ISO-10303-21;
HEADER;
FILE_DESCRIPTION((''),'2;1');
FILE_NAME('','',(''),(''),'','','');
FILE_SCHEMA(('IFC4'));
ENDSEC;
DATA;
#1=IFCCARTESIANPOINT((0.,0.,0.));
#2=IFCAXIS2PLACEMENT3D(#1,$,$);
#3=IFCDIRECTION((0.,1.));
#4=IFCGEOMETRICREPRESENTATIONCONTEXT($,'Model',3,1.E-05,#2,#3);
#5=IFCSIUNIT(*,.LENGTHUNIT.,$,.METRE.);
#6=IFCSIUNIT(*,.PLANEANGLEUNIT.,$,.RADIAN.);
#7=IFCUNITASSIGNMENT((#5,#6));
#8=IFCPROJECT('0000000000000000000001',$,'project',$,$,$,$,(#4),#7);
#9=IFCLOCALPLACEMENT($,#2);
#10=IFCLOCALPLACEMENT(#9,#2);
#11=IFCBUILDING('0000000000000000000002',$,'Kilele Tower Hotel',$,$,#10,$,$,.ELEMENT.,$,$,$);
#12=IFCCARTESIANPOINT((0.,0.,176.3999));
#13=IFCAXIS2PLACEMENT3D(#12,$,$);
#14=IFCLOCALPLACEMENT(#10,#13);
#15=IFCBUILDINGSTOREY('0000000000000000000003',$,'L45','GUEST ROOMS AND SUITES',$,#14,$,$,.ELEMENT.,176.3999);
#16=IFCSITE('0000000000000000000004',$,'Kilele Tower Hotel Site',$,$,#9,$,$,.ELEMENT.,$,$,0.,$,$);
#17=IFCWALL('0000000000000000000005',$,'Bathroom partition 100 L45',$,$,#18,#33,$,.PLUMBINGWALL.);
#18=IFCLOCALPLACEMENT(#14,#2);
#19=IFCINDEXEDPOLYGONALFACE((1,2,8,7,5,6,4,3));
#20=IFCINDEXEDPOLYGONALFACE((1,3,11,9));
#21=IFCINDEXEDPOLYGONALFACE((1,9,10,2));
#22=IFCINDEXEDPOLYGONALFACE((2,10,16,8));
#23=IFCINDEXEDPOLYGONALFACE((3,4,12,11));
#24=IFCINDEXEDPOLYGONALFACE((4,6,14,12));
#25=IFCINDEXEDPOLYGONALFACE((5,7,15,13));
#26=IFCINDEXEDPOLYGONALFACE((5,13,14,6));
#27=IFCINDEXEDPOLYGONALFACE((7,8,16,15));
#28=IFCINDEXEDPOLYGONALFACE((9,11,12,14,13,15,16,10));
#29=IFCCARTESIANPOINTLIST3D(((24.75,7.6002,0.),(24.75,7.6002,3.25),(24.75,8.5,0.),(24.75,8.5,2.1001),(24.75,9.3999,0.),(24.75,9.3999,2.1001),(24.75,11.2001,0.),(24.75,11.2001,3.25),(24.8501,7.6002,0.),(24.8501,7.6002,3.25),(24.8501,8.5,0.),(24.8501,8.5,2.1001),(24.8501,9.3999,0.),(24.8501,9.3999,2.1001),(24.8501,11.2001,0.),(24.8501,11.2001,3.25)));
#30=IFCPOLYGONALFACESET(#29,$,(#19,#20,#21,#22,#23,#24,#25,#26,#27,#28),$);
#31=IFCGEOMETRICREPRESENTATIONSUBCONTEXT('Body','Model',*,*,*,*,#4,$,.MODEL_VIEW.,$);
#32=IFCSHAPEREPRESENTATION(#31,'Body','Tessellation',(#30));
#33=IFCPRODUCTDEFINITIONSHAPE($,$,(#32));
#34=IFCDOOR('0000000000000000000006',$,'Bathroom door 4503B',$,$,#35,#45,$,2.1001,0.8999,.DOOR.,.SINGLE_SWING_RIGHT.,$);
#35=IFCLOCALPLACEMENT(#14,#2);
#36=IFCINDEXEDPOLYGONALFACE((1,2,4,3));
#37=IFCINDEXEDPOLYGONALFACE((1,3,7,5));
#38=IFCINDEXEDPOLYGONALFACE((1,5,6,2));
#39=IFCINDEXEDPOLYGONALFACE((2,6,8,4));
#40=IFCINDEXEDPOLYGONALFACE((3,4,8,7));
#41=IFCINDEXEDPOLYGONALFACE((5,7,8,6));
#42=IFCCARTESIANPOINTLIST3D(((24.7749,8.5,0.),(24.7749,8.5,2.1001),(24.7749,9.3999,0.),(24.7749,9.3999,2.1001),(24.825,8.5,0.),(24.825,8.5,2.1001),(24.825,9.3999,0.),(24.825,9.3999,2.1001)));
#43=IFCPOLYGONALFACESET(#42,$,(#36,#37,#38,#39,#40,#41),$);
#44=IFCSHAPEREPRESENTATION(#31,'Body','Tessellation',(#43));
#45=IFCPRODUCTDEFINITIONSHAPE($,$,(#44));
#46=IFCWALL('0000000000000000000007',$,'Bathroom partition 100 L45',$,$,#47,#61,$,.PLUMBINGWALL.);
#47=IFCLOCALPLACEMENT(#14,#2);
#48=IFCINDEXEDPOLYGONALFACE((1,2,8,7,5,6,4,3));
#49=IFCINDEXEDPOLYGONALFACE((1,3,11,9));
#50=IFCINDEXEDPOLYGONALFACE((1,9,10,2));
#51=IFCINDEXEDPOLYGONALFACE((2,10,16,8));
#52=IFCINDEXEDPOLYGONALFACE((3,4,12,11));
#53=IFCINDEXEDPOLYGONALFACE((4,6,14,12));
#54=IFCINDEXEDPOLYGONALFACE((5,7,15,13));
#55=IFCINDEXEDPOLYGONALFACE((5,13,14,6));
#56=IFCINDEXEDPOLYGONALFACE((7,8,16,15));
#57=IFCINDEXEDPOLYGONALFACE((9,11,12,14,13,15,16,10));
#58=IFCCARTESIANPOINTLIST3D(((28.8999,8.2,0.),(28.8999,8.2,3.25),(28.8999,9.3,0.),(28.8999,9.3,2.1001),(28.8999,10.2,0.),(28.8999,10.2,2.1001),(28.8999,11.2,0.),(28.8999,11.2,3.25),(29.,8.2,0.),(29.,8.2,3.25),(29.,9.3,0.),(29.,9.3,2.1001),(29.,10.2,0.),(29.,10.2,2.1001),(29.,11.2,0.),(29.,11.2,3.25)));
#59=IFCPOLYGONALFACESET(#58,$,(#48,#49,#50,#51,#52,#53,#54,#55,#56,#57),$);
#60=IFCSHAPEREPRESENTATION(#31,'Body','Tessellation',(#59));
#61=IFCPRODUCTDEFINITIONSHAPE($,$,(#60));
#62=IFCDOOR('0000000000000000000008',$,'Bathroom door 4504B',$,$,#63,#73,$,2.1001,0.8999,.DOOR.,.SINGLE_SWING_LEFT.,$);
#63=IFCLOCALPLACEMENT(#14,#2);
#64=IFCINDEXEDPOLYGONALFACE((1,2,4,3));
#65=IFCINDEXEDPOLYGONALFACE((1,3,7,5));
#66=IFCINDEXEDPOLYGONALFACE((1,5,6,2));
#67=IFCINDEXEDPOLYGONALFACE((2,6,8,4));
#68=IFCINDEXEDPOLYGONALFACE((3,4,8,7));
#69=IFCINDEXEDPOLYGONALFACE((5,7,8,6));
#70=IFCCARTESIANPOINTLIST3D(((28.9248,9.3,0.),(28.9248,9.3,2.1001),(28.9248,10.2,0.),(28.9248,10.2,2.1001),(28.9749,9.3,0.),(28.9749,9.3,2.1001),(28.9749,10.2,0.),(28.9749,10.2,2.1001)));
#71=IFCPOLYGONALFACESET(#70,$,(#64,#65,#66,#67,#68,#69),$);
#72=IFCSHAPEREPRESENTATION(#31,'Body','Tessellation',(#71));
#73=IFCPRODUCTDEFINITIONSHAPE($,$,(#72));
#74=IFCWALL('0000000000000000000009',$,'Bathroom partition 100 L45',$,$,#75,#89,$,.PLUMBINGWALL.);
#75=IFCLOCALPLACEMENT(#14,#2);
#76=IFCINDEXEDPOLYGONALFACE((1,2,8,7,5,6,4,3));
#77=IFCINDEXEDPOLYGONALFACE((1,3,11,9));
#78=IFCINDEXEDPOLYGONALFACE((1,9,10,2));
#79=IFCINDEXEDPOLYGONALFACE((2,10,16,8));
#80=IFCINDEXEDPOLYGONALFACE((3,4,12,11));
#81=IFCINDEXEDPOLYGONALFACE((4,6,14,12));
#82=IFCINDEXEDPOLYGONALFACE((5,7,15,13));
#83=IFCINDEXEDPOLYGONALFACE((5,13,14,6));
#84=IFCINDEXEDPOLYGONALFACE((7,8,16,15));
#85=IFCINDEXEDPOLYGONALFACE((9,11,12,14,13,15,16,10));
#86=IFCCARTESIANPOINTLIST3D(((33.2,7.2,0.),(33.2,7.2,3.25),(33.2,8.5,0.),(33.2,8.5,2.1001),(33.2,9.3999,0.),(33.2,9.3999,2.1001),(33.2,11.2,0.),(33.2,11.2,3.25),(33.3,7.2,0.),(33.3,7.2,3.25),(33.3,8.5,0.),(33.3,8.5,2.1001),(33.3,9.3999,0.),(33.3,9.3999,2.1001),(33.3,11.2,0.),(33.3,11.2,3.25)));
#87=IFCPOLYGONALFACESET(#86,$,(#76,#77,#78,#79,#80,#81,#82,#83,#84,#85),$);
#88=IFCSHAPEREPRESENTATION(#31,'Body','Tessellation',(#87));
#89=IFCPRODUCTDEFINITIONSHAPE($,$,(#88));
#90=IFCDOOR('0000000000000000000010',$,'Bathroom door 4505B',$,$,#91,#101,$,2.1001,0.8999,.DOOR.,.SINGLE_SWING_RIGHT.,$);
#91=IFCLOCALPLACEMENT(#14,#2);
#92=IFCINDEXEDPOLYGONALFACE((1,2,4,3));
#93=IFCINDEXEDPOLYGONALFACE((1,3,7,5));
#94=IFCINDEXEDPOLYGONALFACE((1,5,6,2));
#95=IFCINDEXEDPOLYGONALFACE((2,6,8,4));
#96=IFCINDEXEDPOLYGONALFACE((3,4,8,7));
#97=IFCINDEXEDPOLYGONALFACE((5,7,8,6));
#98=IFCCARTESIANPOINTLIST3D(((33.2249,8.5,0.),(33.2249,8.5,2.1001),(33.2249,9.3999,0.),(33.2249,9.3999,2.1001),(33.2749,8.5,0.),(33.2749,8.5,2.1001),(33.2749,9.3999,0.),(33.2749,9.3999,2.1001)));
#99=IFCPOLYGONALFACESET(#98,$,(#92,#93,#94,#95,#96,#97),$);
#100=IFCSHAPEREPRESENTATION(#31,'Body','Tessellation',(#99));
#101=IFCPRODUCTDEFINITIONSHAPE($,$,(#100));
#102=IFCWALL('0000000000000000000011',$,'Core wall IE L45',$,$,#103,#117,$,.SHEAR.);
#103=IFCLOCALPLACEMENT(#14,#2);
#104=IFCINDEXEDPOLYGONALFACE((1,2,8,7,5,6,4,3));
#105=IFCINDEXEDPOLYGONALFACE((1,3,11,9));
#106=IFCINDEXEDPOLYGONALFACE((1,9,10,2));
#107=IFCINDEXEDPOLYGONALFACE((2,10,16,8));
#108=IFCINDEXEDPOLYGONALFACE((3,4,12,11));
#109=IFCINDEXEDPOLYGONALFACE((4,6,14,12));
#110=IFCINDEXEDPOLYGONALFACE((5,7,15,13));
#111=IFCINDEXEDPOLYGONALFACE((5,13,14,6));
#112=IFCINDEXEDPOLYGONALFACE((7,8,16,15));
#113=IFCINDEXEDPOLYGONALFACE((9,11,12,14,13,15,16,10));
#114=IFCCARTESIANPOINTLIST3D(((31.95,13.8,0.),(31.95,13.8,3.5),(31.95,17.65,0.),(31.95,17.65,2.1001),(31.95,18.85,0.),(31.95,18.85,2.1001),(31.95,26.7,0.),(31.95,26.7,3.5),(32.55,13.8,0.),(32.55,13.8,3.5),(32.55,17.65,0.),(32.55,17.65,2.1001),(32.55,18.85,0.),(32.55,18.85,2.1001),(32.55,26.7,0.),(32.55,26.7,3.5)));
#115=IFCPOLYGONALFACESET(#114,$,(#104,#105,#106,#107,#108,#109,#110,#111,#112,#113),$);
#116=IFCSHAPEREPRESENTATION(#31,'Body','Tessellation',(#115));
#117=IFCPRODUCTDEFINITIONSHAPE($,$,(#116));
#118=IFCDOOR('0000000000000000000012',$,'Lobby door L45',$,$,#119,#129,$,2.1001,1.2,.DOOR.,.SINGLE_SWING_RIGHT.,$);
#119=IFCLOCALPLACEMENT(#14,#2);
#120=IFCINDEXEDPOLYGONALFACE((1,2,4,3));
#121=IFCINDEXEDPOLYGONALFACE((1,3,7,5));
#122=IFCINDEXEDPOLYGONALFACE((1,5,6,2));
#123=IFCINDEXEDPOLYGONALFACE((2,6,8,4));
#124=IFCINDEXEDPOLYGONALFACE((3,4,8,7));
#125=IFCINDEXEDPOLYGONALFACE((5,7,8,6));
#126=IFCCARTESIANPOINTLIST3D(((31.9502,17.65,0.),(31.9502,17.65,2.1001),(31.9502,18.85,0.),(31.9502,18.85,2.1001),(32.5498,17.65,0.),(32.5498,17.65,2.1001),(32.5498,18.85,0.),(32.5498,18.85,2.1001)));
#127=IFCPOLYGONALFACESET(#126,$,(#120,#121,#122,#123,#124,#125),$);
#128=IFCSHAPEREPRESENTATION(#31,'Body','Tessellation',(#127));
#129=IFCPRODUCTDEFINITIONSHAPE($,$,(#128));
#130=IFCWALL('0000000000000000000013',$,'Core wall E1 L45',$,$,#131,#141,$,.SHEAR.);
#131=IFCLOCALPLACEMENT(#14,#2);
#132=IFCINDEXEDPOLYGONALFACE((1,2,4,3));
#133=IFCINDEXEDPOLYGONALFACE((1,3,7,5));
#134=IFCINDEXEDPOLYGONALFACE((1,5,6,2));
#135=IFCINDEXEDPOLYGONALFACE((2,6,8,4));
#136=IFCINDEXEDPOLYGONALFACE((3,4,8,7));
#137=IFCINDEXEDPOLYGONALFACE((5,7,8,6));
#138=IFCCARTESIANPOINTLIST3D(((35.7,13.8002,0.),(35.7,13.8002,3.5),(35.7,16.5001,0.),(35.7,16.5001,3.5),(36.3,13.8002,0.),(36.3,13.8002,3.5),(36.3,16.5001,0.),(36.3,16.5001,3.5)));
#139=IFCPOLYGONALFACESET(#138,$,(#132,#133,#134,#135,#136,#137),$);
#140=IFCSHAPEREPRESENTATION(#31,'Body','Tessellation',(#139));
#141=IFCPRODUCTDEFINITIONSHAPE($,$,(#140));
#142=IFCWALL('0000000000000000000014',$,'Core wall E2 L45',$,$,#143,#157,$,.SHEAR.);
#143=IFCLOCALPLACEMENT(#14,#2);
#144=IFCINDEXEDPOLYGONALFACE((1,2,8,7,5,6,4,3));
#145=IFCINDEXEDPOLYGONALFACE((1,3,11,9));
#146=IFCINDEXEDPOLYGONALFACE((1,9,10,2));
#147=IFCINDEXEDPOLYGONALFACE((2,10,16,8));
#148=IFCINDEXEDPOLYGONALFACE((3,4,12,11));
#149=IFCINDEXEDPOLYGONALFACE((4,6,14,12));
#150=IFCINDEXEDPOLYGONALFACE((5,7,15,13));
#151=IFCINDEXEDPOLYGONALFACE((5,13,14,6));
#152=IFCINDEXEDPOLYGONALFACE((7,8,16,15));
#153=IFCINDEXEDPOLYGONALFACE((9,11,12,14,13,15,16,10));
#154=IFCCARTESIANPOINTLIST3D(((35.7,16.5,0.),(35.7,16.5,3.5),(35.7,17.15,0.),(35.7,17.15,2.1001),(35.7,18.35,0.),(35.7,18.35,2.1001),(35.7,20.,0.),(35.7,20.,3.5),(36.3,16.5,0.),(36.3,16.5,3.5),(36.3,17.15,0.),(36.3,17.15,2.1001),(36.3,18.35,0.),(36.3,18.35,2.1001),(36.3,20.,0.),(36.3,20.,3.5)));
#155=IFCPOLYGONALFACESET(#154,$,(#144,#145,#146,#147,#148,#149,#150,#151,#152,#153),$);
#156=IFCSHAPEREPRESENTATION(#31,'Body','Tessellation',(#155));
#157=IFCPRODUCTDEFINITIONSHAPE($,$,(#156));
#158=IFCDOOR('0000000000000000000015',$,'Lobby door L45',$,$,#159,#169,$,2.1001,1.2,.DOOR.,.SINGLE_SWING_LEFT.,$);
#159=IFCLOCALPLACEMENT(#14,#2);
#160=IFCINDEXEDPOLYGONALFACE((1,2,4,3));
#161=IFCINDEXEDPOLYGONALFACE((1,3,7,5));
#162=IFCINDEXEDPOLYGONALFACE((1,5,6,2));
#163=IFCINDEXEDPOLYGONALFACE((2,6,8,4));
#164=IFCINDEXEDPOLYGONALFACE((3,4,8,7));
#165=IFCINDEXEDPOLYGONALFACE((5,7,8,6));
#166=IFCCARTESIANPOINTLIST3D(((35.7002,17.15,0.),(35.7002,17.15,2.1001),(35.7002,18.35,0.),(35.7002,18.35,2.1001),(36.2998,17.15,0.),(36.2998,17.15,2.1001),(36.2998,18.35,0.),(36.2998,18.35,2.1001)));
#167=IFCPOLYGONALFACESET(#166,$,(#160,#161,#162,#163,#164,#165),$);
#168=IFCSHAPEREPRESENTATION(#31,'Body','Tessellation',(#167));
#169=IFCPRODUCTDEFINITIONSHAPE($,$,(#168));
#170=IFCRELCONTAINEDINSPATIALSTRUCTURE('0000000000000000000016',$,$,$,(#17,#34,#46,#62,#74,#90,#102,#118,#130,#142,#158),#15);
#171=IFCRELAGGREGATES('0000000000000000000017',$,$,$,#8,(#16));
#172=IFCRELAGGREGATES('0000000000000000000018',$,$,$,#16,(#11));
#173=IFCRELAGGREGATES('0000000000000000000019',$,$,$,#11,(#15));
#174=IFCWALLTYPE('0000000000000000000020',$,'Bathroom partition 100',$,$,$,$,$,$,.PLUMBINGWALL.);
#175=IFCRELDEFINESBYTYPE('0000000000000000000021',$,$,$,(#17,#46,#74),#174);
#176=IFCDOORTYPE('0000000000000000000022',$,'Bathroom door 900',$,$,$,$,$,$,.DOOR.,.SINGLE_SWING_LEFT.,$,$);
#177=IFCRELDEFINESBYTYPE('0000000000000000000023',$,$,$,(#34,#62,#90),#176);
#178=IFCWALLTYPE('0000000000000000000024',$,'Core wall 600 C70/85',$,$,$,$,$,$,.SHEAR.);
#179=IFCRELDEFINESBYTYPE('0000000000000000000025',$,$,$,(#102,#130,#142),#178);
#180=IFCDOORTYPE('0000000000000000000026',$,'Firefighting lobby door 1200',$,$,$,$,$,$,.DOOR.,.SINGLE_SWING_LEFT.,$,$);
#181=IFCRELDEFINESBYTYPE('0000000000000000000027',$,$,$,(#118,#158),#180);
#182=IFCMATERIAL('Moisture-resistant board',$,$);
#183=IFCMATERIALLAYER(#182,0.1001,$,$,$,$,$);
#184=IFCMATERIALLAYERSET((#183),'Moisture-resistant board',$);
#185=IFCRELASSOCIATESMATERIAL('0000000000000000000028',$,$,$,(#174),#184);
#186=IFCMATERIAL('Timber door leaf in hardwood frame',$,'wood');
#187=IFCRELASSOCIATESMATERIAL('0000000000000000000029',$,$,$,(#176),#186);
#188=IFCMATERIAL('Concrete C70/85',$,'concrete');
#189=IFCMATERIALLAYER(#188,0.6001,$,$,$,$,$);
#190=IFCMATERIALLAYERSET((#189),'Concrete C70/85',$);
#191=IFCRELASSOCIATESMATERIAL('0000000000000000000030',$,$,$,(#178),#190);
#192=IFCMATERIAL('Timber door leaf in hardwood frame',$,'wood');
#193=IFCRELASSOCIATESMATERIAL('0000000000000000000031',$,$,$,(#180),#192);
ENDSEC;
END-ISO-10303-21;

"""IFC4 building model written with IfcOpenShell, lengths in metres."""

from ifc_helpers import new_model, si_unit, direction, frame, frame_2d, origin, place, context, subcontext, project, spatial, rectangle, extrude, material, layer, layer_set, type_object, element, fill, save


model = new_model("IFC4")

# Units and contexts
model_context = context("Model", 3, precision=1e-05, world=origin(), true_north=direction((0.0, 1.0)))
body_context = subcontext(model_context, "Body", "Model", "MODEL_VIEW")
ifc_project = project(units=[si_unit("LENGTHUNIT", "METRE"), si_unit("PLANEANGLEUNIT", "RADIAN")], contexts=[model_context])

# Site, building, storey
site_placement = place(None, origin())
site = spatial("IfcSite", under=ifc_project, at=site_placement, Name="Kilele Tower Hotel Site", CompositionType="ELEMENT", RefElevation=0.0)
building_placement = place(site_placement, origin())
building = spatial("IfcBuilding", under=site, at=building_placement, Name="Kilele Tower Hotel", CompositionType="ELEMENT")
storey_placement = place(building_placement, frame((0.0, 0.0, 176.3999)))
storey = spatial("IfcBuildingStorey", under=building, at=storey_placement, Name="L45", Description="GUEST ROOMS AND SUITES", CompositionType="ELEMENT", Elevation=176.3999)

# Walls, openings, doors
ifc_material_1 = material(Name="Moisture-resistant board")
ifc_layer_1 = layer(ifc_material_1, 0.1001)
ifc_layer_set_1 = layer_set([ifc_layer_1], Name="Moisture-resistant board")
wall_type_1 = type_object("IfcWallType", Name="Bathroom partition 100", PredefinedType="PLUMBINGWALL", material=ifc_layer_set_1)
wall_1_placement = place(storey_placement, frame((24.8, 11.2, 0.0), z_axis=(0.0, 0.0, 1.0), x_axis=(0.0, -1.0, 0.0)))
wall_1 = element("IfcWall", 1, at=wall_1_placement, inside=storey, type_object=wall_type_1, Name="Bathroom partition 100 L45", PredefinedType="PLUMBINGWALL", context=body_context, shape_type="SweptSolid", body=[
    extrude(rectangle(XDim=3.5999, YDim=0.1001, at=frame_2d((1.7998, 0.0))), origin(), (0.0, 0.0, 1.0), 3.25),
])
opening_1_placement = place(wall_1_placement, frame((1.8, 0.0, 0.0)))
opening_1 = element("IfcOpeningElement", 2, at=opening_1_placement, cuts=wall_1, PredefinedType="OPENING", context=body_context, shape_type="SweptSolid", body=[
    extrude(rectangle(XDim=0.8999, YDim=2.1001, at=frame_2d((0.45, 1.05))), frame((0.0, 0.0601, 0.0), z_axis=(0.0, -1.0, 0.0), x_axis=(1.0, 0.0, 0.0)), (0.0, 0.0, 1.0), 0.1201),
])
ifc_material_2 = material(Name="Timber door leaf in hardwood frame", Category="wood")
door_type_1 = type_object("IfcDoorType", Name="Bathroom door 900", OperationType="SINGLE_SWING_LEFT", PredefinedType="DOOR", material=ifc_material_2)
door_1_placement = place(opening_1_placement, origin())
door_1 = element("IfcDoor", 3, at=door_1_placement, inside=storey, type_object=door_type_1, Name="Bathroom door 4503B", OperationType="SINGLE_SWING_RIGHT", OverallHeight=2.1001, OverallWidth=0.8999, PredefinedType="DOOR", context=body_context, shape_type="SweptSolid", body=[
    extrude(rectangle(XDim=0.8999, YDim=2.1001, at=frame_2d((0.45, 1.05))), frame((0.0, 0.0249, 0.0), z_axis=(0.0, -1.0, 0.0), x_axis=(1.0, 0.0, 0.0)), (0.0, 0.0, 1.0), 0.05),
])
fill(opening_1, door_1)
wall_2_placement = place(storey_placement, frame((28.95, 11.2, 0.0), z_axis=(0.0, 0.0, 1.0), x_axis=(0.0, -1.0, 0.0)))
wall_2 = element("IfcWall", 4, at=wall_2_placement, inside=storey, type_object=wall_type_1, Name="Bathroom partition 100 L45", PredefinedType="PLUMBINGWALL", context=body_context, shape_type="SweptSolid", body=[
    extrude(rectangle(XDim=3.0, YDim=0.1001, at=frame_2d((1.5, 0.0))), origin(), (0.0, 0.0, 1.0), 3.25),
])
opening_2_placement = place(wall_2_placement, frame((1.0, 0.0, 0.0)))
opening_2 = element("IfcOpeningElement", 5, at=opening_2_placement, cuts=wall_2, PredefinedType="OPENING", context=body_context, shape_type="SweptSolid", body=[
    extrude(rectangle(XDim=0.8999, YDim=2.1001, at=frame_2d((0.45, 1.05))), frame((0.0, 0.0601, 0.0), z_axis=(0.0, -1.0, 0.0), x_axis=(1.0, 0.0, 0.0)), (0.0, 0.0, 1.0), 0.1201),
])
door_2_placement = place(opening_2_placement, origin())
door_2 = element("IfcDoor", 6, at=door_2_placement, inside=storey, type_object=door_type_1, Name="Bathroom door 4504B", OperationType="SINGLE_SWING_LEFT", OverallHeight=2.1001, OverallWidth=0.8999, PredefinedType="DOOR", context=body_context, shape_type="SweptSolid", body=[
    extrude(rectangle(XDim=0.8999, YDim=2.1001, at=frame_2d((0.45, 1.05))), frame((0.0, 0.0249, 0.0), z_axis=(0.0, -1.0, 0.0), x_axis=(1.0, 0.0, 0.0)), (0.0, 0.0, 1.0), 0.05),
])
fill(opening_2, door_2)
wall_3_placement = place(storey_placement, frame((33.25, 11.2, 0.0), z_axis=(0.0, 0.0, 1.0), x_axis=(0.0, -1.0, 0.0)))
wall_3 = element("IfcWall", 7, at=wall_3_placement, inside=storey, type_object=wall_type_1, Name="Bathroom partition 100 L45", PredefinedType="PLUMBINGWALL", context=body_context, shape_type="SweptSolid", body=[
    extrude(rectangle(XDim=4.0, YDim=0.1001, at=frame_2d((2.0, 0.0))), origin(), (0.0, 0.0, 1.0), 3.25),
])
opening_3_placement = place(wall_3_placement, frame((1.8, 0.0, 0.0)))
opening_3 = element("IfcOpeningElement", 8, at=opening_3_placement, cuts=wall_3, PredefinedType="OPENING", context=body_context, shape_type="SweptSolid", body=[
    extrude(rectangle(XDim=0.8999, YDim=2.1001, at=frame_2d((0.45, 1.05))), frame((0.0, 0.0601, 0.0), z_axis=(0.0, -1.0, 0.0), x_axis=(1.0, 0.0, 0.0)), (0.0, 0.0, 1.0), 0.1201),
])
door_3_placement = place(opening_3_placement, origin())
door_3 = element("IfcDoor", 9, at=door_3_placement, inside=storey, type_object=door_type_1, Name="Bathroom door 4505B", OperationType="SINGLE_SWING_RIGHT", OverallHeight=2.1001, OverallWidth=0.8999, PredefinedType="DOOR", context=body_context, shape_type="SweptSolid", body=[
    extrude(rectangle(XDim=0.8999, YDim=2.1001, at=frame_2d((0.45, 1.05))), frame((0.0, 0.0249, 0.0), z_axis=(0.0, -1.0, 0.0), x_axis=(1.0, 0.0, 0.0)), (0.0, 0.0, 1.0), 0.05),
])
fill(opening_3, door_3)
ifc_material_3 = material(Name="Concrete C70/85", Category="concrete")
ifc_layer_2 = layer(ifc_material_3, 0.6001)
ifc_layer_set_2 = layer_set([ifc_layer_2], Name="Concrete C70/85")
wall_type_2 = type_object("IfcWallType", Name="Core wall 600 C70/85", PredefinedType="SHEAR", material=ifc_layer_set_2)
wall_4_placement = place(storey_placement, frame((32.25, 13.8, 0.0), z_axis=(0.0, 0.0, 1.0), x_axis=(0.0, 1.0, 0.0)))
wall_4 = element("IfcWall", 10, at=wall_4_placement, inside=storey, type_object=wall_type_2, Name="Core wall IE L45", PredefinedType="SHEAR", context=body_context, shape_type="SweptSolid", body=[
    extrude(rectangle(XDim=12.8999, YDim=0.6001, at=frame_2d((6.45, 0.0))), origin(), (0.0, 0.0, 1.0), 3.5),
])
opening_4_placement = place(wall_4_placement, frame((5.05, 0.0, 0.0), z_axis=(0.0, 0.0, 1.0), x_axis=(-1.0, 0.0, 0.0)))
opening_4 = element("IfcOpeningElement", 11, at=opening_4_placement, cuts=wall_4, PredefinedType="OPENING", context=body_context, shape_type="SweptSolid", body=[
    extrude(rectangle(XDim=1.2, YDim=2.1001, at=frame_2d((0.6001, 1.05))), frame((0.0, 0.3101, 0.0), z_axis=(0.0, -1.0, 0.0), x_axis=(1.0, 0.0, 0.0)), (0.0, 0.0, 1.0), 0.6201),
])
ifc_material_4 = material(Name="Timber door leaf in hardwood frame", Category="wood")
door_type_2 = type_object("IfcDoorType", Name="Firefighting lobby door 1200", OperationType="SINGLE_SWING_LEFT", PredefinedType="DOOR", material=ifc_material_4)
door_4_placement = place(opening_4_placement, origin())
door_4 = element("IfcDoor", 12, at=door_4_placement, inside=storey, type_object=door_type_2, Name="Lobby door L45", OperationType="SINGLE_SWING_RIGHT", OverallHeight=2.1001, OverallWidth=1.2, PredefinedType="DOOR", context=body_context, shape_type="SweptSolid", body=[
    extrude(rectangle(XDim=1.2, YDim=2.1001, at=frame_2d((0.6001, 1.05))), frame((0.0, 0.2998, 0.0), z_axis=(0.0, -1.0, 0.0), x_axis=(1.0, 0.0, 0.0)), (0.0, 0.0, 1.0), 0.5996),
])
fill(opening_4, door_4)

# Wall
wall_5_placement = place(storey_placement, frame((36.0, 13.8, 0.0), z_axis=(0.0, 0.0, 1.0), x_axis=(0.0, 1.0, 0.0)))
element("IfcWall", 13, at=wall_5_placement, inside=storey, type_object=wall_type_2, Name="Core wall E1 L45", PredefinedType="SHEAR", context=body_context, shape_type="SweptSolid", body=[
    extrude(rectangle(XDim=2.7, YDim=0.6001, at=frame_2d((1.3501, 0.0))), origin(), (0.0, 0.0, 1.0), 3.5),
])

# Wall, opening, door
wall_6_placement = place(storey_placement, frame((36.0, 16.5, 0.0), z_axis=(0.0, 0.0, 1.0), x_axis=(0.0, 1.0, 0.0)))
wall_6 = element("IfcWall", 14, at=wall_6_placement, inside=storey, type_object=wall_type_2, Name="Core wall E2 L45", PredefinedType="SHEAR", context=body_context, shape_type="SweptSolid", body=[
    extrude(rectangle(XDim=3.5, YDim=0.6001, at=frame_2d((1.75, 0.0))), origin(), (0.0, 0.0, 1.0), 3.5),
])
opening_5_placement = place(wall_6_placement, frame((0.6499, 0.0, 0.0)))
opening_5 = element("IfcOpeningElement", 15, at=opening_5_placement, cuts=wall_6, PredefinedType="OPENING", context=body_context, shape_type="SweptSolid", body=[
    extrude(rectangle(XDim=1.2, YDim=2.1001, at=frame_2d((0.6001, 1.05))), frame((0.0, 0.3101, 0.0), z_axis=(0.0, -1.0, 0.0), x_axis=(1.0, 0.0, 0.0)), (0.0, 0.0, 1.0), 0.6201),
])
door_5_placement = place(opening_5_placement, origin())
door_5 = element("IfcDoor", 16, at=door_5_placement, inside=storey, type_object=door_type_2, Name="Lobby door L45", OperationType="SINGLE_SWING_LEFT", OverallHeight=2.1001, OverallWidth=1.2, PredefinedType="DOOR", context=body_context, shape_type="SweptSolid", body=[
    extrude(rectangle(XDim=1.2, YDim=2.1001, at=frame_2d((0.6001, 1.05))), frame((0.0, 0.2998, 0.0), z_axis=(0.0, -1.0, 0.0), x_axis=(1.0, 0.0, 0.0)), (0.0, 0.0, 1.0), 0.5996),
])
fill(opening_5, door_5)

save(model, "model.ifc")
